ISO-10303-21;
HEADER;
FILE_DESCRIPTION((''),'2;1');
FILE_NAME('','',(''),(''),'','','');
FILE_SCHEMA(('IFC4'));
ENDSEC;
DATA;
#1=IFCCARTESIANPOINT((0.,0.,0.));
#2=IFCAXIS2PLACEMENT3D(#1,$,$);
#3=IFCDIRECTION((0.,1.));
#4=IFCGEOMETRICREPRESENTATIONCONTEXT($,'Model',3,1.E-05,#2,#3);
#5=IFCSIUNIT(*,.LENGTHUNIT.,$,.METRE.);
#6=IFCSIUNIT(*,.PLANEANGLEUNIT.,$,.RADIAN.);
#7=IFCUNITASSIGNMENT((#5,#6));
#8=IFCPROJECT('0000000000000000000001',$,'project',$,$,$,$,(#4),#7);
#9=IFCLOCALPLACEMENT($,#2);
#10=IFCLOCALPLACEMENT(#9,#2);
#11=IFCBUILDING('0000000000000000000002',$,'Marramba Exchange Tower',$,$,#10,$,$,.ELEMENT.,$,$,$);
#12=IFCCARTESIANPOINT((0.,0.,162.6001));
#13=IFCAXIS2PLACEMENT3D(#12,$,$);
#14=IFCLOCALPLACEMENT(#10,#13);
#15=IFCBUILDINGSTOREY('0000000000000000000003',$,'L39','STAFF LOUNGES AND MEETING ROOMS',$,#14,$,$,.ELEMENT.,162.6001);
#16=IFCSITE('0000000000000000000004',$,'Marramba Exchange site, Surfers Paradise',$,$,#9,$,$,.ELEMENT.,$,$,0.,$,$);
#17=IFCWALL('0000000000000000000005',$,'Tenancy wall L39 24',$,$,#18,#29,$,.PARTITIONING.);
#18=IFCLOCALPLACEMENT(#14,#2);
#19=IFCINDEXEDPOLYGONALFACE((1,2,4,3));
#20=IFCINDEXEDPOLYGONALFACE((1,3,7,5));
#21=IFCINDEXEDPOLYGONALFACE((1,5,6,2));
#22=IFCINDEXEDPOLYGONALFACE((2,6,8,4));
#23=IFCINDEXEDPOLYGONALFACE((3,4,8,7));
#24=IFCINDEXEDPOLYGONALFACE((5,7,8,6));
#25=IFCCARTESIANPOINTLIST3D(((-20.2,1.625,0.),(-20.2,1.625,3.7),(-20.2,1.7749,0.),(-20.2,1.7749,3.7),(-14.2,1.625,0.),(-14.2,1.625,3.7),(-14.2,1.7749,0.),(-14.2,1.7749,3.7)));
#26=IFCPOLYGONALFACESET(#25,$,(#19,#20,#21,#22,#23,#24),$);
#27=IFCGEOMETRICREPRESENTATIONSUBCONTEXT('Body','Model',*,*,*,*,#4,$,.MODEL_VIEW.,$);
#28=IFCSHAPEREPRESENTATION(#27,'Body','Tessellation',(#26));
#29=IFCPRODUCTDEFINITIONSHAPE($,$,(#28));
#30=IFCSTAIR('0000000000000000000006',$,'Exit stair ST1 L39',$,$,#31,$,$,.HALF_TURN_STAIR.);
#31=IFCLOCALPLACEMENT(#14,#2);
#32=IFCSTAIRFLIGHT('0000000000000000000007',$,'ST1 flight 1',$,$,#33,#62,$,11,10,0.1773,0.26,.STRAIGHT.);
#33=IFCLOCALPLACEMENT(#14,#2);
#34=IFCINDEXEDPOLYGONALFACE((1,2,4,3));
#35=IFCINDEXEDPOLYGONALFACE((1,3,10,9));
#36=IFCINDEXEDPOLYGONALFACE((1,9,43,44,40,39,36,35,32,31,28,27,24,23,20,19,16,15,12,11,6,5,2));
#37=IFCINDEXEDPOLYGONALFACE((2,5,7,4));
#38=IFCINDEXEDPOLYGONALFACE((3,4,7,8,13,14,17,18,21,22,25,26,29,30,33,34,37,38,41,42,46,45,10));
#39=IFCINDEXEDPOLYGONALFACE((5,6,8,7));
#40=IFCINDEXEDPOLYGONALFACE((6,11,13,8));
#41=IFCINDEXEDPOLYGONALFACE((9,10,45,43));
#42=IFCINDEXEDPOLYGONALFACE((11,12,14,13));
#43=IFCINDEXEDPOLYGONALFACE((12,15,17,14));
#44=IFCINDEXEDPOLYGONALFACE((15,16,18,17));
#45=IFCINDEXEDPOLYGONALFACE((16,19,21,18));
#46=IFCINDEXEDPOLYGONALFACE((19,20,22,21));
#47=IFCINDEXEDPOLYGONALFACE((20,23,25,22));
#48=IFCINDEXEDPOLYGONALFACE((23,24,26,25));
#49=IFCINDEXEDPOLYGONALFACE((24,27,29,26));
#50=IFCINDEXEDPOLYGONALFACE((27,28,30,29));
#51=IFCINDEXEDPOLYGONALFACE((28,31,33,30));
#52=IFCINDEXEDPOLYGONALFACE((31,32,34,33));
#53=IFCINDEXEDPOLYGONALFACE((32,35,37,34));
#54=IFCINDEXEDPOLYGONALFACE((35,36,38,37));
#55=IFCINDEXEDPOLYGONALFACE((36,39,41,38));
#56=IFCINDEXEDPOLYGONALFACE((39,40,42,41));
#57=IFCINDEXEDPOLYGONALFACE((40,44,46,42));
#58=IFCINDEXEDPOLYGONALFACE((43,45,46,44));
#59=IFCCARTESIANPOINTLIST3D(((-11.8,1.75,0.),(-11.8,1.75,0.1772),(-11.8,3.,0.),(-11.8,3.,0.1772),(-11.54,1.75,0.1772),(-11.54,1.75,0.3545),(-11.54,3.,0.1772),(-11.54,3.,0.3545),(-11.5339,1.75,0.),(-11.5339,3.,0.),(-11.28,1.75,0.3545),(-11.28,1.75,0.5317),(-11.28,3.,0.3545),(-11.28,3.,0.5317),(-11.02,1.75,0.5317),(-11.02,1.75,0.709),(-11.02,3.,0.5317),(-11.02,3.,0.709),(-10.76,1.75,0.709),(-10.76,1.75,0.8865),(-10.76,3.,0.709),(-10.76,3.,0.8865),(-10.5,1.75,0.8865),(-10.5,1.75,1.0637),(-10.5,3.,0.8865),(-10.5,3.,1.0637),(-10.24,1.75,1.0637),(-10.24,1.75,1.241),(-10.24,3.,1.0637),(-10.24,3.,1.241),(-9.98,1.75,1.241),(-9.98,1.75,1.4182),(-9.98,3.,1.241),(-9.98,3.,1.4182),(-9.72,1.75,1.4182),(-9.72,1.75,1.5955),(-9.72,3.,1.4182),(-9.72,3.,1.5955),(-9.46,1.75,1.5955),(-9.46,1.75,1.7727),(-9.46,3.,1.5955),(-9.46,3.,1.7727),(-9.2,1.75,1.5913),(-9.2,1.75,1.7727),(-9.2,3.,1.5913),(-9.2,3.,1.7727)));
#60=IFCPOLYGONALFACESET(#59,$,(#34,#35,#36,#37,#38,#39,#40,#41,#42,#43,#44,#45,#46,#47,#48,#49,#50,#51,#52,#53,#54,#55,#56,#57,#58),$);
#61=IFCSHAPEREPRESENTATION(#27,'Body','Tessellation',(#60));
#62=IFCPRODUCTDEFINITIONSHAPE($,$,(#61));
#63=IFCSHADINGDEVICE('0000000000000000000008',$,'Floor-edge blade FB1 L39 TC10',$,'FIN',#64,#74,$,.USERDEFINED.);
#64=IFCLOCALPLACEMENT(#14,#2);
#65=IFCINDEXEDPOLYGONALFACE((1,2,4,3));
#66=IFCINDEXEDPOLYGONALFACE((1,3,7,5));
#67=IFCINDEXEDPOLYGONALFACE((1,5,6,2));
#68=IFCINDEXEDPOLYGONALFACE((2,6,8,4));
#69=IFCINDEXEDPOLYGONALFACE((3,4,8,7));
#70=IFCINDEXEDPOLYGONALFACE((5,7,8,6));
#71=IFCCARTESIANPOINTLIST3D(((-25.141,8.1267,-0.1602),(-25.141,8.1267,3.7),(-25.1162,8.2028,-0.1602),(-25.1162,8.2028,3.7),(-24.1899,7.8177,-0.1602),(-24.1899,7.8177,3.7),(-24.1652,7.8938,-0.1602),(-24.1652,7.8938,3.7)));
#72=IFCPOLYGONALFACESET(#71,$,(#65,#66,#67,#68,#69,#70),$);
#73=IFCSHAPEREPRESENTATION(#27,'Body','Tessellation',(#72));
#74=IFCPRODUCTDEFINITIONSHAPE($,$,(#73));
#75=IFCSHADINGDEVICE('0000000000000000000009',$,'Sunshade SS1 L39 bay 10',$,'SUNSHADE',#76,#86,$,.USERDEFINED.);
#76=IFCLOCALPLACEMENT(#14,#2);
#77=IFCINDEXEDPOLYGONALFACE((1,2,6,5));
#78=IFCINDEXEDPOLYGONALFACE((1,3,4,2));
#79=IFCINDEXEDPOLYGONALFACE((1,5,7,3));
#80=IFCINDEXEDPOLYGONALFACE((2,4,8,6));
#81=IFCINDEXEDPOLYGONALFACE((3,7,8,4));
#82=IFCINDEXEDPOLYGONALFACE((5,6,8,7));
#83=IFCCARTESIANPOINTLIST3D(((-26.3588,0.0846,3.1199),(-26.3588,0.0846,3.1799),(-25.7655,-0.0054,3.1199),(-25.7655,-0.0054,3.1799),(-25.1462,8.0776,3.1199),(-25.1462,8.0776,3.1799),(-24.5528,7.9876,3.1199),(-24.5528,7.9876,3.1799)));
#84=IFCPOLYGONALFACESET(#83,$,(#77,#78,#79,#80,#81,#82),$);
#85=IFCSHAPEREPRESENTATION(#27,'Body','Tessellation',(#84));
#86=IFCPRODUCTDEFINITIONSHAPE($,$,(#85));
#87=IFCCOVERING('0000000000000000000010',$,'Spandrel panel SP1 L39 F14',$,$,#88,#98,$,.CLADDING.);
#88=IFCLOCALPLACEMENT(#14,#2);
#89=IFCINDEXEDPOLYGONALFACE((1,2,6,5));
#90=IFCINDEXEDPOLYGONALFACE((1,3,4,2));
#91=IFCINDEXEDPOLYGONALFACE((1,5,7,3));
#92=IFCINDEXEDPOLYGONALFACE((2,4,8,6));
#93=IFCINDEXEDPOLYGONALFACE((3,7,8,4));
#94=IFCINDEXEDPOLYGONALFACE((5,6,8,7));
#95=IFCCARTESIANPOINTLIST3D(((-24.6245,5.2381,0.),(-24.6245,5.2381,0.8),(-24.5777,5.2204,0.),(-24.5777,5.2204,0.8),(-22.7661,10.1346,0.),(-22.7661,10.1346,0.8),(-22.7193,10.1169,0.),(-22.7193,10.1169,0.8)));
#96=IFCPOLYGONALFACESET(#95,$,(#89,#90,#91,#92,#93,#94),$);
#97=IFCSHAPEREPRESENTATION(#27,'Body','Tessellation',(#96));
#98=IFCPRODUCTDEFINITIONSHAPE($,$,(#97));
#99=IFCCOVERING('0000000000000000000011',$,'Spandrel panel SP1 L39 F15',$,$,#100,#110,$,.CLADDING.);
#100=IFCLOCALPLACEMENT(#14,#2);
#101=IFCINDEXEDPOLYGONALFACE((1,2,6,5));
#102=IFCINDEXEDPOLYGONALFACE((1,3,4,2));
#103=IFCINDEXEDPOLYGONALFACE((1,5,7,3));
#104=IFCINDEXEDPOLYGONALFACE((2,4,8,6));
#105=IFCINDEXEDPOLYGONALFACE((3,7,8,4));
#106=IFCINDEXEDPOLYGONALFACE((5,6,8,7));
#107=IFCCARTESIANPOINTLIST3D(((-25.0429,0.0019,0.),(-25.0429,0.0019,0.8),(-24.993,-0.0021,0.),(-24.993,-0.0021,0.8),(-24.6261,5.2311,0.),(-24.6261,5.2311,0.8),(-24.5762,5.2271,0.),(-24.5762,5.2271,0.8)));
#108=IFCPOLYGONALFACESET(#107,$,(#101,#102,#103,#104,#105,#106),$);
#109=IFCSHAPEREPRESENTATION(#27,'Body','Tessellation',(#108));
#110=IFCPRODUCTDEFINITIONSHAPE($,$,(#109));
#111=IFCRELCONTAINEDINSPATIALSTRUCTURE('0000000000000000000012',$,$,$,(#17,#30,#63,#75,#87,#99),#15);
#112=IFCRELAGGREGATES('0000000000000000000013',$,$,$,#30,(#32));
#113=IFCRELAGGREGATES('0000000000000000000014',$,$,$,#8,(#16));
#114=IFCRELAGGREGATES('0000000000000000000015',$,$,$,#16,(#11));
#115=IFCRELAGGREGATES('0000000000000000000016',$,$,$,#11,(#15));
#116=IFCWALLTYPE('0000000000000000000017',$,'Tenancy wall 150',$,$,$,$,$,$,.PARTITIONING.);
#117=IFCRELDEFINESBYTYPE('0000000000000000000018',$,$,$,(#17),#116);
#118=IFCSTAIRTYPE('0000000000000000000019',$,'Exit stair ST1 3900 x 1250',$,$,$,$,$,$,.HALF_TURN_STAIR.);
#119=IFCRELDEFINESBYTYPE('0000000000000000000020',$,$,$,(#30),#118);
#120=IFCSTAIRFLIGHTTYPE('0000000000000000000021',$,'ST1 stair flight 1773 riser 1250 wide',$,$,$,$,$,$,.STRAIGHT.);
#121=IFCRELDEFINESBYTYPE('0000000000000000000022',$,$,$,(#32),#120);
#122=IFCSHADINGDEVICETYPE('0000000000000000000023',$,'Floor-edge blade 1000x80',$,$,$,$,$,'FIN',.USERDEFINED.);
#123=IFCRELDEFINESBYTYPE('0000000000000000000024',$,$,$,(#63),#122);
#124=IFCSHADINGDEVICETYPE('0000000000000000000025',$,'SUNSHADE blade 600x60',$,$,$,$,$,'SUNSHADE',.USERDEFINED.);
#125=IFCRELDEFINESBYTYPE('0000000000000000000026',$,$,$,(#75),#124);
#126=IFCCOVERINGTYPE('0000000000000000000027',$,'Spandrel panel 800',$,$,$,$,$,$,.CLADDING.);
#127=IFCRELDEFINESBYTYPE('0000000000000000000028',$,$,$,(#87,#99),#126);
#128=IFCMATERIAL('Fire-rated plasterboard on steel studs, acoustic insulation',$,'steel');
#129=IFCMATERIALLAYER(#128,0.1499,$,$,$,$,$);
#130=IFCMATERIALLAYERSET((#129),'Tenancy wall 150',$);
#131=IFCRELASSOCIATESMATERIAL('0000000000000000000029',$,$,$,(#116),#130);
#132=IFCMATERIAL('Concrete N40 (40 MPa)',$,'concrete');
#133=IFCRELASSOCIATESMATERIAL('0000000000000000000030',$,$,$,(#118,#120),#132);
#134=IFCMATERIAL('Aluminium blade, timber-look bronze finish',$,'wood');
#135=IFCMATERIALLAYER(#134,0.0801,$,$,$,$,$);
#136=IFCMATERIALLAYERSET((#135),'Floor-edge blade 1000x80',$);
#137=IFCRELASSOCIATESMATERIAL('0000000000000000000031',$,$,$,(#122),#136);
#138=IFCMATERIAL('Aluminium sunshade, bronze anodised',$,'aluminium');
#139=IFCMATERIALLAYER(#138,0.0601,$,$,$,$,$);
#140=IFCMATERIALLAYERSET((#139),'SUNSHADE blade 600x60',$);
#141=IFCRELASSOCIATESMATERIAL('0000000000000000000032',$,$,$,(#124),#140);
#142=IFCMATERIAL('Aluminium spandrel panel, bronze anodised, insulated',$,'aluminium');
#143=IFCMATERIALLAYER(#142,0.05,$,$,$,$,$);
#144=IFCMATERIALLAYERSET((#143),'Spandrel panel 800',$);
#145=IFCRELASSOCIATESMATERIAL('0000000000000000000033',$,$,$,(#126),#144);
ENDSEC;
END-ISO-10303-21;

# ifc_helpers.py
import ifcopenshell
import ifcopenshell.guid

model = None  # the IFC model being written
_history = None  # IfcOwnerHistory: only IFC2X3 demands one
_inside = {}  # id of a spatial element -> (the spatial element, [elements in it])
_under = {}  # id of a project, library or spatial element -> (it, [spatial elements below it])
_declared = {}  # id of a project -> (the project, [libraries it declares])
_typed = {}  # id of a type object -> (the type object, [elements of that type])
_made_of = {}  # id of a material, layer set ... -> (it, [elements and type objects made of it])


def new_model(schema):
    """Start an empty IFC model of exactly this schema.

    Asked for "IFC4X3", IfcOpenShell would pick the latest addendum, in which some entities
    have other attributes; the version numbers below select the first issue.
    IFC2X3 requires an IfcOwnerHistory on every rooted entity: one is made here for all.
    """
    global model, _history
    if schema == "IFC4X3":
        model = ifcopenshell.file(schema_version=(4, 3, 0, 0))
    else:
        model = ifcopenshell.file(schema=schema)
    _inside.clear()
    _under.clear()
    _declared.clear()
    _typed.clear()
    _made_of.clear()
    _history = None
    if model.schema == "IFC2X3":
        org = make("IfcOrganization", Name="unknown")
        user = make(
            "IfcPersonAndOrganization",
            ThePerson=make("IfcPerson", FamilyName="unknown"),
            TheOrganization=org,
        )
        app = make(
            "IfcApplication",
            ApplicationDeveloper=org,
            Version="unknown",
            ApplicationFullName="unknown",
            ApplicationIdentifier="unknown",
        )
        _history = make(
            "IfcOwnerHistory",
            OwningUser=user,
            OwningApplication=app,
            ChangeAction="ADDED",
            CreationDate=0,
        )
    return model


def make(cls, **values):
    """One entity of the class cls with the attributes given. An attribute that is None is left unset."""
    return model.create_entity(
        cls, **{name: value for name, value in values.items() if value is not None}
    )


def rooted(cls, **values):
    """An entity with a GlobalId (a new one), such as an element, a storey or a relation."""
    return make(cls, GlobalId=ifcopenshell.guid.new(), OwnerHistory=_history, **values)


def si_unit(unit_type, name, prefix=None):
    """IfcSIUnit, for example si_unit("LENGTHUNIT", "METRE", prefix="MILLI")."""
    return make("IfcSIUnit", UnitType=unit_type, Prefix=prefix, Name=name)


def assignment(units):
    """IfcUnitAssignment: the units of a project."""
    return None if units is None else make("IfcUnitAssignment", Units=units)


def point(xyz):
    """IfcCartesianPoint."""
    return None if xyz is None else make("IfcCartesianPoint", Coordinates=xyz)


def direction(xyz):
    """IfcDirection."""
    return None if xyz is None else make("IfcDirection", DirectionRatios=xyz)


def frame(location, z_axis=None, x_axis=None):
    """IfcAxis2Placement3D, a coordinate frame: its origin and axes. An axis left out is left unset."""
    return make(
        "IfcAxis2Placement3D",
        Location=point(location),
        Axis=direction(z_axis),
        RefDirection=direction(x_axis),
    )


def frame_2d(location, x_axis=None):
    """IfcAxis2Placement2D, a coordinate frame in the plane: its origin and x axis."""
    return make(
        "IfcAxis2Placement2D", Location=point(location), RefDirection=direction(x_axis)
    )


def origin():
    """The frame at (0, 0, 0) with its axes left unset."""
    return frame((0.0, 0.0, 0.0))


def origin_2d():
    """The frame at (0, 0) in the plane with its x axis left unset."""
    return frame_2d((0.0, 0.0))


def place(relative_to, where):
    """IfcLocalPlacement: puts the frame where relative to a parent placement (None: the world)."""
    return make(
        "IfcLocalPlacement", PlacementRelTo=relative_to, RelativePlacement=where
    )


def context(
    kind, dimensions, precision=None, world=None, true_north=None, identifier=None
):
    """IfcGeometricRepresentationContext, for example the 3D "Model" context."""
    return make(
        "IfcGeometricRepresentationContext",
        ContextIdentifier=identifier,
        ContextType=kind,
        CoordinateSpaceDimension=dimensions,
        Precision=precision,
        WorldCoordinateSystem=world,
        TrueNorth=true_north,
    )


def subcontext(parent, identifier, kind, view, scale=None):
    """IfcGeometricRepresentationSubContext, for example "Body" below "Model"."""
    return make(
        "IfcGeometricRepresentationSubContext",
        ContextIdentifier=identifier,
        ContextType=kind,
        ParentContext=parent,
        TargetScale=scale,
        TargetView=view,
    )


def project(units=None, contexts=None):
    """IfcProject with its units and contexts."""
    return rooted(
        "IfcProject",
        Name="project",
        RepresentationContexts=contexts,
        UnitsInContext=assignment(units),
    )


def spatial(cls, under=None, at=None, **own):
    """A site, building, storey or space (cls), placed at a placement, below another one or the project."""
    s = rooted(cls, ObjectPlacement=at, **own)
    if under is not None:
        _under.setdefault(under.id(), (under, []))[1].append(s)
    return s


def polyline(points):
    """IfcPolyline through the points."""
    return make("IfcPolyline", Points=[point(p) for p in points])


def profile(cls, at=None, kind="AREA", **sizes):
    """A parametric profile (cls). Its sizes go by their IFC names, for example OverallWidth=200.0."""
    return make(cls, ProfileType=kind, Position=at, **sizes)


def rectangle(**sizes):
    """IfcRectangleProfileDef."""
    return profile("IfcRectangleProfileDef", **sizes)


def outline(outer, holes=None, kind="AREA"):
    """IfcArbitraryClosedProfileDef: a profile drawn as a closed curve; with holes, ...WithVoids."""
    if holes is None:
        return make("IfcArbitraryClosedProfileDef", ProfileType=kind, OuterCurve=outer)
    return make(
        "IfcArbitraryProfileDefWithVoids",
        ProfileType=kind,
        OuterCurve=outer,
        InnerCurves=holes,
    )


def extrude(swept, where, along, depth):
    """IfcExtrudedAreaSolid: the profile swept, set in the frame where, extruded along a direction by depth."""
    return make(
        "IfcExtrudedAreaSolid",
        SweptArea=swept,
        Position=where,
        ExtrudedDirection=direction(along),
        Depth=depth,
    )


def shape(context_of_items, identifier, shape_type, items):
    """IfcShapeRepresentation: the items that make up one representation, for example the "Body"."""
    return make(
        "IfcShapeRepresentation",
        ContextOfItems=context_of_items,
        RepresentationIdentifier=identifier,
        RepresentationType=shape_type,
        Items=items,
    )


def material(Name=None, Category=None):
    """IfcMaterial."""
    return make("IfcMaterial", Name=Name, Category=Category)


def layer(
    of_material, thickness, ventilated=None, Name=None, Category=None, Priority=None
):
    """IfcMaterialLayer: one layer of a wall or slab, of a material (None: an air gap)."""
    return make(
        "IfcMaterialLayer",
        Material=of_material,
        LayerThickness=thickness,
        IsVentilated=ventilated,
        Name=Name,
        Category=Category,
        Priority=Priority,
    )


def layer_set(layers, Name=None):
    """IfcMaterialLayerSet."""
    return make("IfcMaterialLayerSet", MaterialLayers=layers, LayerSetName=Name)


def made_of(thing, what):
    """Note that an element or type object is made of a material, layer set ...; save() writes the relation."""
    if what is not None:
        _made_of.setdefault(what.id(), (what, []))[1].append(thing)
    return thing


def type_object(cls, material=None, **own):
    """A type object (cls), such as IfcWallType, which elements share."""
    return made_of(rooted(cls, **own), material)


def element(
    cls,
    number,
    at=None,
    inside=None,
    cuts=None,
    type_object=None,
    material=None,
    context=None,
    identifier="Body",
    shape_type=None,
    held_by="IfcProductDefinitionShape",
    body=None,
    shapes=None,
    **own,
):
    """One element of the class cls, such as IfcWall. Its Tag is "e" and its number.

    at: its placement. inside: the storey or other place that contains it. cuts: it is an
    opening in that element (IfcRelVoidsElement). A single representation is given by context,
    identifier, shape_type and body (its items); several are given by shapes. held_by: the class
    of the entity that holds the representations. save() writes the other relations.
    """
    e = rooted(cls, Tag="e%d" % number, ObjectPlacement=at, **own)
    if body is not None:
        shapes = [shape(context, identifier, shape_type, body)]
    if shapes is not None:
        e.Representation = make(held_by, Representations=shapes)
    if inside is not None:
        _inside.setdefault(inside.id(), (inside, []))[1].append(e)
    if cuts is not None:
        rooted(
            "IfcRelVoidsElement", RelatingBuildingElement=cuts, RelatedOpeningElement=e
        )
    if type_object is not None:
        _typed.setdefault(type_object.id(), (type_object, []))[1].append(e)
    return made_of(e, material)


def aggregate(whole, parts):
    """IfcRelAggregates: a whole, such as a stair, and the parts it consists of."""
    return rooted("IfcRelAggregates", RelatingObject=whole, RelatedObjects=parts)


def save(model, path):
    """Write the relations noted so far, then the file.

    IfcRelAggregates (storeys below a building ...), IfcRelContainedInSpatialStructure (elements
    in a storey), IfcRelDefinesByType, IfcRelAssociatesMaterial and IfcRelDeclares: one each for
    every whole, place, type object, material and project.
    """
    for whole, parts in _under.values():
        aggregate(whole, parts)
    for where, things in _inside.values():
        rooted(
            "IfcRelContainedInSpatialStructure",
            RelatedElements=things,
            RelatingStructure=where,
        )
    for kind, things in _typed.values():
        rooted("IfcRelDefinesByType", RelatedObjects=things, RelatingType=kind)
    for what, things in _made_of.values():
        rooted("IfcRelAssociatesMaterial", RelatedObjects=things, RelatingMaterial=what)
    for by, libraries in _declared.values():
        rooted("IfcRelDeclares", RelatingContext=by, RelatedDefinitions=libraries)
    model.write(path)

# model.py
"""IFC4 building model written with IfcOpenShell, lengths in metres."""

from ifc_helpers import new_model, si_unit, direction, frame, frame_2d, origin, origin_2d, place, context, subcontext, project, spatial, polyline, rectangle, outline, extrude, material, layer, layer_set, type_object, element, aggregate, save


model = new_model("IFC4")

# Units and contexts
model_context = context("Model", 3, precision=1e-05, world=origin(), true_north=direction((0.0, 1.0)))
body_context = subcontext(model_context, "Body", "Model", "MODEL_VIEW")
ifc_project = project(units=[si_unit("LENGTHUNIT", "METRE"), si_unit("PLANEANGLEUNIT", "RADIAN")], contexts=[model_context])

# Site, building, storey
site_placement = place(None, origin())
site = spatial("IfcSite", under=ifc_project, at=site_placement, Name="Marramba Exchange site, Surfers Paradise", CompositionType="ELEMENT", RefElevation=0.0)
building_placement = place(site_placement, origin())
building = spatial("IfcBuilding", under=site, at=building_placement, Name="Marramba Exchange Tower", CompositionType="ELEMENT")
storey_placement = place(building_placement, frame((0.0, 0.0, 162.6001)))
storey = spatial("IfcBuildingStorey", under=building, at=storey_placement, Name="L39", Description="STAFF LOUNGES AND MEETING ROOMS", CompositionType="ELEMENT", Elevation=162.6001)

# Wall
ifc_material_1 = material(Name="Fire-rated plasterboard on steel studs, acoustic insulation", Category="steel")
ifc_layer_1 = layer(ifc_material_1, 0.1499)
ifc_layer_set_1 = layer_set([ifc_layer_1], Name="Tenancy wall 150")
wall_type_1 = type_object("IfcWallType", Name="Tenancy wall 150", PredefinedType="PARTITIONING", material=ifc_layer_set_1)
wall_1_placement = place(storey_placement, frame((-14.2, 1.7, 0.0), z_axis=(0.0, 0.0, 1.0), x_axis=(-1.0, 0.0, 0.0)))
element("IfcWall", 1, at=wall_1_placement, inside=storey, type_object=wall_type_1, Name="Tenancy wall L39 24", PredefinedType="PARTITIONING", context=body_context, shape_type="SweptSolid", body=[
    extrude(rectangle(XDim=6.0, YDim=0.1499, at=frame_2d((3.0, 0.0))), origin(), (0.0, 0.0, 1.0), 3.7),
])

# Stair, stair flight
ifc_material_2 = material(Name="Concrete N40 (40 MPa)", Category="concrete")
stair_type = type_object("IfcStairType", Name="Exit stair ST1 3900 x 1250", PredefinedType="HALF_TURN_STAIR", material=ifc_material_2)
stair_placement = place(storey_placement, origin())
stair = element("IfcStair", 2, at=stair_placement, inside=storey, type_object=stair_type, Name="Exit stair ST1 L39", PredefinedType="HALF_TURN_STAIR")
stair_flight_type = type_object("IfcStairFlightType", Name="ST1 stair flight 1773 riser 1250 wide", PredefinedType="STRAIGHT", material=ifc_material_2)
stair_flight_placement = place(storey_placement, frame((-11.8, 2.375, 0.0), z_axis=(0.0, 0.0, 1.0), x_axis=(1.0, 0.0, 0.0)))
stair_flight = element("IfcStairFlight", 3, at=stair_flight_placement, type_object=stair_flight_type, Name="ST1 flight 1", NumberOfRisers=11, NumberOfTreads=10, PredefinedType="STRAIGHT", RiserHeight=0.1773, TreadLength=0.26, context=body_context, shape_type="SweptSolid", body=[
    extrude(outline(polyline([(0.0, 0.0), (0.0, 0.1772), (0.26, 0.1772), (0.26, 0.3545), (0.52, 0.3545), (0.52, 0.5317), (0.78, 0.5317), (0.78, 0.709), (1.04, 0.709), (1.04, 0.8865), (1.3, 0.8865), (1.3, 1.0637), (1.5601, 1.0637), (1.5601, 1.241), (1.8201, 1.241), (1.8201, 1.4182), (2.0801, 1.4182), (2.0801, 1.5955), (2.3401, 1.5955), (2.3401, 1.7727), (2.6001, 1.7727), (2.6001, 1.95), (2.6001, 1.5913), (0.2661, 0.0), (0.0, 0.0)])), frame((0.0, 0.625, 0.0), z_axis=(0.0, -1.0, 0.0), x_axis=(1.0, 0.0, 0.0)), (0.0, 0.0, 1.0), 1.25),
])
aggregate(stair, [stair_flight])

# Shading devices
ifc_material_3 = material(Name="Aluminium blade, timber-look bronze finish", Category="wood")
ifc_layer_2 = layer(ifc_material_3, 0.0801)
ifc_layer_set_2 = layer_set([ifc_layer_2], Name="Floor-edge blade 1000x80")
shading_device_type_1 = type_object("IfcShadingDeviceType", Name="Floor-edge blade 1000x80", ElementType="FIN", PredefinedType="USERDEFINED", material=ifc_layer_set_2)
shading_device_1_placement = place(storey_placement, frame((-24.6531, 8.0103, -0.1602), z_axis=(0.0, 0.0, 1.0), x_axis=(-0.951057, 0.309017, 0.0)))
element("IfcShadingDevice", 4, at=shading_device_1_placement, inside=storey, type_object=shading_device_type_1, Name="Floor-edge blade FB1 L39 TC10", ObjectType="FIN", PredefinedType="USERDEFINED", context=body_context, shape_type="SweptSolid", body=[
    extrude(rectangle(XDim=1.0, YDim=0.0801, at=origin_2d()), origin(), (0.0, 0.0, 1.0), 3.8601),
])
ifc_material_4 = material(Name="Aluminium sunshade, bronze anodised", Category="aluminium")
ifc_layer_3 = layer(ifc_material_4, 0.0601)
ifc_layer_set_3 = layer_set([ifc_layer_3], Name="SUNSHADE blade 600x60")
shading_device_type_2 = type_object("IfcShadingDeviceType", Name="SUNSHADE blade 600x60", ElementType="SUNSHADE", PredefinedType="USERDEFINED", material=ifc_layer_set_3)
shading_device_2_placement = place(storey_placement, frame((-25.4558, 4.0361, 3.1199), z_axis=(0.0, 0.0, 1.0), x_axis=(-0.149993, -0.988687, 0.0)))
element("IfcShadingDevice", 5, at=shading_device_2_placement, inside=storey, type_object=shading_device_type_2, Name="Sunshade SS1 L39 bay 10", ObjectType="SUNSHADE", PredefinedType="USERDEFINED", context=body_context, shape_type="SweptSolid", body=[
    extrude(rectangle(XDim=8.0845, YDim=0.6001, at=origin_2d()), origin(), (0.0, 0.0, 1.0), 0.0601),
])

# Coverings
ifc_material_5 = material(Name="Aluminium spandrel panel, bronze anodised, insulated", Category="aluminium")
ifc_layer_4 = layer(ifc_material_5, 0.05)
ifc_layer_set_4 = layer_set([ifc_layer_4], Name="Spandrel panel 800")
covering_type = type_object("IfcCoveringType", Name="Spandrel panel 800", PredefinedType="CLADDING", material=ifc_layer_set_4)
covering_1_placement = place(storey_placement, frame((-23.6719, 7.6775, 0.0), z_axis=(0.0, 0.0, 1.0), x_axis=(-0.354844, -0.934925, 0.0)))
element("IfcCovering", 6, at=covering_1_placement, inside=storey, type_object=covering_type, Name="Spandrel panel SP1 L39 F14", PredefinedType="CLADDING", context=body_context, shape_type="SweptSolid", body=[
    extrude(rectangle(XDim=5.2373, YDim=0.05, at=origin_2d()), origin(), (0.0, 0.0, 1.0), 0.8),
])
covering_2_placement = place(storey_placement, frame((-24.8096, 2.6145, 0.0), z_axis=(0.0, 0.0, 1.0), x_axis=(-0.07946, -0.996838, 0.0)))
element("IfcCovering", 7, at=covering_2_placement, inside=storey, type_object=covering_type, Name="Spandrel panel SP1 L39 F15", PredefinedType="CLADDING", context=body_context, shape_type="SweptSolid", body=[
    extrude(rectangle(XDim=5.2458, YDim=0.05, at=origin_2d()), origin(), (0.0, 0.0, 1.0), 0.8),
])

save(model, "model.ifc")
